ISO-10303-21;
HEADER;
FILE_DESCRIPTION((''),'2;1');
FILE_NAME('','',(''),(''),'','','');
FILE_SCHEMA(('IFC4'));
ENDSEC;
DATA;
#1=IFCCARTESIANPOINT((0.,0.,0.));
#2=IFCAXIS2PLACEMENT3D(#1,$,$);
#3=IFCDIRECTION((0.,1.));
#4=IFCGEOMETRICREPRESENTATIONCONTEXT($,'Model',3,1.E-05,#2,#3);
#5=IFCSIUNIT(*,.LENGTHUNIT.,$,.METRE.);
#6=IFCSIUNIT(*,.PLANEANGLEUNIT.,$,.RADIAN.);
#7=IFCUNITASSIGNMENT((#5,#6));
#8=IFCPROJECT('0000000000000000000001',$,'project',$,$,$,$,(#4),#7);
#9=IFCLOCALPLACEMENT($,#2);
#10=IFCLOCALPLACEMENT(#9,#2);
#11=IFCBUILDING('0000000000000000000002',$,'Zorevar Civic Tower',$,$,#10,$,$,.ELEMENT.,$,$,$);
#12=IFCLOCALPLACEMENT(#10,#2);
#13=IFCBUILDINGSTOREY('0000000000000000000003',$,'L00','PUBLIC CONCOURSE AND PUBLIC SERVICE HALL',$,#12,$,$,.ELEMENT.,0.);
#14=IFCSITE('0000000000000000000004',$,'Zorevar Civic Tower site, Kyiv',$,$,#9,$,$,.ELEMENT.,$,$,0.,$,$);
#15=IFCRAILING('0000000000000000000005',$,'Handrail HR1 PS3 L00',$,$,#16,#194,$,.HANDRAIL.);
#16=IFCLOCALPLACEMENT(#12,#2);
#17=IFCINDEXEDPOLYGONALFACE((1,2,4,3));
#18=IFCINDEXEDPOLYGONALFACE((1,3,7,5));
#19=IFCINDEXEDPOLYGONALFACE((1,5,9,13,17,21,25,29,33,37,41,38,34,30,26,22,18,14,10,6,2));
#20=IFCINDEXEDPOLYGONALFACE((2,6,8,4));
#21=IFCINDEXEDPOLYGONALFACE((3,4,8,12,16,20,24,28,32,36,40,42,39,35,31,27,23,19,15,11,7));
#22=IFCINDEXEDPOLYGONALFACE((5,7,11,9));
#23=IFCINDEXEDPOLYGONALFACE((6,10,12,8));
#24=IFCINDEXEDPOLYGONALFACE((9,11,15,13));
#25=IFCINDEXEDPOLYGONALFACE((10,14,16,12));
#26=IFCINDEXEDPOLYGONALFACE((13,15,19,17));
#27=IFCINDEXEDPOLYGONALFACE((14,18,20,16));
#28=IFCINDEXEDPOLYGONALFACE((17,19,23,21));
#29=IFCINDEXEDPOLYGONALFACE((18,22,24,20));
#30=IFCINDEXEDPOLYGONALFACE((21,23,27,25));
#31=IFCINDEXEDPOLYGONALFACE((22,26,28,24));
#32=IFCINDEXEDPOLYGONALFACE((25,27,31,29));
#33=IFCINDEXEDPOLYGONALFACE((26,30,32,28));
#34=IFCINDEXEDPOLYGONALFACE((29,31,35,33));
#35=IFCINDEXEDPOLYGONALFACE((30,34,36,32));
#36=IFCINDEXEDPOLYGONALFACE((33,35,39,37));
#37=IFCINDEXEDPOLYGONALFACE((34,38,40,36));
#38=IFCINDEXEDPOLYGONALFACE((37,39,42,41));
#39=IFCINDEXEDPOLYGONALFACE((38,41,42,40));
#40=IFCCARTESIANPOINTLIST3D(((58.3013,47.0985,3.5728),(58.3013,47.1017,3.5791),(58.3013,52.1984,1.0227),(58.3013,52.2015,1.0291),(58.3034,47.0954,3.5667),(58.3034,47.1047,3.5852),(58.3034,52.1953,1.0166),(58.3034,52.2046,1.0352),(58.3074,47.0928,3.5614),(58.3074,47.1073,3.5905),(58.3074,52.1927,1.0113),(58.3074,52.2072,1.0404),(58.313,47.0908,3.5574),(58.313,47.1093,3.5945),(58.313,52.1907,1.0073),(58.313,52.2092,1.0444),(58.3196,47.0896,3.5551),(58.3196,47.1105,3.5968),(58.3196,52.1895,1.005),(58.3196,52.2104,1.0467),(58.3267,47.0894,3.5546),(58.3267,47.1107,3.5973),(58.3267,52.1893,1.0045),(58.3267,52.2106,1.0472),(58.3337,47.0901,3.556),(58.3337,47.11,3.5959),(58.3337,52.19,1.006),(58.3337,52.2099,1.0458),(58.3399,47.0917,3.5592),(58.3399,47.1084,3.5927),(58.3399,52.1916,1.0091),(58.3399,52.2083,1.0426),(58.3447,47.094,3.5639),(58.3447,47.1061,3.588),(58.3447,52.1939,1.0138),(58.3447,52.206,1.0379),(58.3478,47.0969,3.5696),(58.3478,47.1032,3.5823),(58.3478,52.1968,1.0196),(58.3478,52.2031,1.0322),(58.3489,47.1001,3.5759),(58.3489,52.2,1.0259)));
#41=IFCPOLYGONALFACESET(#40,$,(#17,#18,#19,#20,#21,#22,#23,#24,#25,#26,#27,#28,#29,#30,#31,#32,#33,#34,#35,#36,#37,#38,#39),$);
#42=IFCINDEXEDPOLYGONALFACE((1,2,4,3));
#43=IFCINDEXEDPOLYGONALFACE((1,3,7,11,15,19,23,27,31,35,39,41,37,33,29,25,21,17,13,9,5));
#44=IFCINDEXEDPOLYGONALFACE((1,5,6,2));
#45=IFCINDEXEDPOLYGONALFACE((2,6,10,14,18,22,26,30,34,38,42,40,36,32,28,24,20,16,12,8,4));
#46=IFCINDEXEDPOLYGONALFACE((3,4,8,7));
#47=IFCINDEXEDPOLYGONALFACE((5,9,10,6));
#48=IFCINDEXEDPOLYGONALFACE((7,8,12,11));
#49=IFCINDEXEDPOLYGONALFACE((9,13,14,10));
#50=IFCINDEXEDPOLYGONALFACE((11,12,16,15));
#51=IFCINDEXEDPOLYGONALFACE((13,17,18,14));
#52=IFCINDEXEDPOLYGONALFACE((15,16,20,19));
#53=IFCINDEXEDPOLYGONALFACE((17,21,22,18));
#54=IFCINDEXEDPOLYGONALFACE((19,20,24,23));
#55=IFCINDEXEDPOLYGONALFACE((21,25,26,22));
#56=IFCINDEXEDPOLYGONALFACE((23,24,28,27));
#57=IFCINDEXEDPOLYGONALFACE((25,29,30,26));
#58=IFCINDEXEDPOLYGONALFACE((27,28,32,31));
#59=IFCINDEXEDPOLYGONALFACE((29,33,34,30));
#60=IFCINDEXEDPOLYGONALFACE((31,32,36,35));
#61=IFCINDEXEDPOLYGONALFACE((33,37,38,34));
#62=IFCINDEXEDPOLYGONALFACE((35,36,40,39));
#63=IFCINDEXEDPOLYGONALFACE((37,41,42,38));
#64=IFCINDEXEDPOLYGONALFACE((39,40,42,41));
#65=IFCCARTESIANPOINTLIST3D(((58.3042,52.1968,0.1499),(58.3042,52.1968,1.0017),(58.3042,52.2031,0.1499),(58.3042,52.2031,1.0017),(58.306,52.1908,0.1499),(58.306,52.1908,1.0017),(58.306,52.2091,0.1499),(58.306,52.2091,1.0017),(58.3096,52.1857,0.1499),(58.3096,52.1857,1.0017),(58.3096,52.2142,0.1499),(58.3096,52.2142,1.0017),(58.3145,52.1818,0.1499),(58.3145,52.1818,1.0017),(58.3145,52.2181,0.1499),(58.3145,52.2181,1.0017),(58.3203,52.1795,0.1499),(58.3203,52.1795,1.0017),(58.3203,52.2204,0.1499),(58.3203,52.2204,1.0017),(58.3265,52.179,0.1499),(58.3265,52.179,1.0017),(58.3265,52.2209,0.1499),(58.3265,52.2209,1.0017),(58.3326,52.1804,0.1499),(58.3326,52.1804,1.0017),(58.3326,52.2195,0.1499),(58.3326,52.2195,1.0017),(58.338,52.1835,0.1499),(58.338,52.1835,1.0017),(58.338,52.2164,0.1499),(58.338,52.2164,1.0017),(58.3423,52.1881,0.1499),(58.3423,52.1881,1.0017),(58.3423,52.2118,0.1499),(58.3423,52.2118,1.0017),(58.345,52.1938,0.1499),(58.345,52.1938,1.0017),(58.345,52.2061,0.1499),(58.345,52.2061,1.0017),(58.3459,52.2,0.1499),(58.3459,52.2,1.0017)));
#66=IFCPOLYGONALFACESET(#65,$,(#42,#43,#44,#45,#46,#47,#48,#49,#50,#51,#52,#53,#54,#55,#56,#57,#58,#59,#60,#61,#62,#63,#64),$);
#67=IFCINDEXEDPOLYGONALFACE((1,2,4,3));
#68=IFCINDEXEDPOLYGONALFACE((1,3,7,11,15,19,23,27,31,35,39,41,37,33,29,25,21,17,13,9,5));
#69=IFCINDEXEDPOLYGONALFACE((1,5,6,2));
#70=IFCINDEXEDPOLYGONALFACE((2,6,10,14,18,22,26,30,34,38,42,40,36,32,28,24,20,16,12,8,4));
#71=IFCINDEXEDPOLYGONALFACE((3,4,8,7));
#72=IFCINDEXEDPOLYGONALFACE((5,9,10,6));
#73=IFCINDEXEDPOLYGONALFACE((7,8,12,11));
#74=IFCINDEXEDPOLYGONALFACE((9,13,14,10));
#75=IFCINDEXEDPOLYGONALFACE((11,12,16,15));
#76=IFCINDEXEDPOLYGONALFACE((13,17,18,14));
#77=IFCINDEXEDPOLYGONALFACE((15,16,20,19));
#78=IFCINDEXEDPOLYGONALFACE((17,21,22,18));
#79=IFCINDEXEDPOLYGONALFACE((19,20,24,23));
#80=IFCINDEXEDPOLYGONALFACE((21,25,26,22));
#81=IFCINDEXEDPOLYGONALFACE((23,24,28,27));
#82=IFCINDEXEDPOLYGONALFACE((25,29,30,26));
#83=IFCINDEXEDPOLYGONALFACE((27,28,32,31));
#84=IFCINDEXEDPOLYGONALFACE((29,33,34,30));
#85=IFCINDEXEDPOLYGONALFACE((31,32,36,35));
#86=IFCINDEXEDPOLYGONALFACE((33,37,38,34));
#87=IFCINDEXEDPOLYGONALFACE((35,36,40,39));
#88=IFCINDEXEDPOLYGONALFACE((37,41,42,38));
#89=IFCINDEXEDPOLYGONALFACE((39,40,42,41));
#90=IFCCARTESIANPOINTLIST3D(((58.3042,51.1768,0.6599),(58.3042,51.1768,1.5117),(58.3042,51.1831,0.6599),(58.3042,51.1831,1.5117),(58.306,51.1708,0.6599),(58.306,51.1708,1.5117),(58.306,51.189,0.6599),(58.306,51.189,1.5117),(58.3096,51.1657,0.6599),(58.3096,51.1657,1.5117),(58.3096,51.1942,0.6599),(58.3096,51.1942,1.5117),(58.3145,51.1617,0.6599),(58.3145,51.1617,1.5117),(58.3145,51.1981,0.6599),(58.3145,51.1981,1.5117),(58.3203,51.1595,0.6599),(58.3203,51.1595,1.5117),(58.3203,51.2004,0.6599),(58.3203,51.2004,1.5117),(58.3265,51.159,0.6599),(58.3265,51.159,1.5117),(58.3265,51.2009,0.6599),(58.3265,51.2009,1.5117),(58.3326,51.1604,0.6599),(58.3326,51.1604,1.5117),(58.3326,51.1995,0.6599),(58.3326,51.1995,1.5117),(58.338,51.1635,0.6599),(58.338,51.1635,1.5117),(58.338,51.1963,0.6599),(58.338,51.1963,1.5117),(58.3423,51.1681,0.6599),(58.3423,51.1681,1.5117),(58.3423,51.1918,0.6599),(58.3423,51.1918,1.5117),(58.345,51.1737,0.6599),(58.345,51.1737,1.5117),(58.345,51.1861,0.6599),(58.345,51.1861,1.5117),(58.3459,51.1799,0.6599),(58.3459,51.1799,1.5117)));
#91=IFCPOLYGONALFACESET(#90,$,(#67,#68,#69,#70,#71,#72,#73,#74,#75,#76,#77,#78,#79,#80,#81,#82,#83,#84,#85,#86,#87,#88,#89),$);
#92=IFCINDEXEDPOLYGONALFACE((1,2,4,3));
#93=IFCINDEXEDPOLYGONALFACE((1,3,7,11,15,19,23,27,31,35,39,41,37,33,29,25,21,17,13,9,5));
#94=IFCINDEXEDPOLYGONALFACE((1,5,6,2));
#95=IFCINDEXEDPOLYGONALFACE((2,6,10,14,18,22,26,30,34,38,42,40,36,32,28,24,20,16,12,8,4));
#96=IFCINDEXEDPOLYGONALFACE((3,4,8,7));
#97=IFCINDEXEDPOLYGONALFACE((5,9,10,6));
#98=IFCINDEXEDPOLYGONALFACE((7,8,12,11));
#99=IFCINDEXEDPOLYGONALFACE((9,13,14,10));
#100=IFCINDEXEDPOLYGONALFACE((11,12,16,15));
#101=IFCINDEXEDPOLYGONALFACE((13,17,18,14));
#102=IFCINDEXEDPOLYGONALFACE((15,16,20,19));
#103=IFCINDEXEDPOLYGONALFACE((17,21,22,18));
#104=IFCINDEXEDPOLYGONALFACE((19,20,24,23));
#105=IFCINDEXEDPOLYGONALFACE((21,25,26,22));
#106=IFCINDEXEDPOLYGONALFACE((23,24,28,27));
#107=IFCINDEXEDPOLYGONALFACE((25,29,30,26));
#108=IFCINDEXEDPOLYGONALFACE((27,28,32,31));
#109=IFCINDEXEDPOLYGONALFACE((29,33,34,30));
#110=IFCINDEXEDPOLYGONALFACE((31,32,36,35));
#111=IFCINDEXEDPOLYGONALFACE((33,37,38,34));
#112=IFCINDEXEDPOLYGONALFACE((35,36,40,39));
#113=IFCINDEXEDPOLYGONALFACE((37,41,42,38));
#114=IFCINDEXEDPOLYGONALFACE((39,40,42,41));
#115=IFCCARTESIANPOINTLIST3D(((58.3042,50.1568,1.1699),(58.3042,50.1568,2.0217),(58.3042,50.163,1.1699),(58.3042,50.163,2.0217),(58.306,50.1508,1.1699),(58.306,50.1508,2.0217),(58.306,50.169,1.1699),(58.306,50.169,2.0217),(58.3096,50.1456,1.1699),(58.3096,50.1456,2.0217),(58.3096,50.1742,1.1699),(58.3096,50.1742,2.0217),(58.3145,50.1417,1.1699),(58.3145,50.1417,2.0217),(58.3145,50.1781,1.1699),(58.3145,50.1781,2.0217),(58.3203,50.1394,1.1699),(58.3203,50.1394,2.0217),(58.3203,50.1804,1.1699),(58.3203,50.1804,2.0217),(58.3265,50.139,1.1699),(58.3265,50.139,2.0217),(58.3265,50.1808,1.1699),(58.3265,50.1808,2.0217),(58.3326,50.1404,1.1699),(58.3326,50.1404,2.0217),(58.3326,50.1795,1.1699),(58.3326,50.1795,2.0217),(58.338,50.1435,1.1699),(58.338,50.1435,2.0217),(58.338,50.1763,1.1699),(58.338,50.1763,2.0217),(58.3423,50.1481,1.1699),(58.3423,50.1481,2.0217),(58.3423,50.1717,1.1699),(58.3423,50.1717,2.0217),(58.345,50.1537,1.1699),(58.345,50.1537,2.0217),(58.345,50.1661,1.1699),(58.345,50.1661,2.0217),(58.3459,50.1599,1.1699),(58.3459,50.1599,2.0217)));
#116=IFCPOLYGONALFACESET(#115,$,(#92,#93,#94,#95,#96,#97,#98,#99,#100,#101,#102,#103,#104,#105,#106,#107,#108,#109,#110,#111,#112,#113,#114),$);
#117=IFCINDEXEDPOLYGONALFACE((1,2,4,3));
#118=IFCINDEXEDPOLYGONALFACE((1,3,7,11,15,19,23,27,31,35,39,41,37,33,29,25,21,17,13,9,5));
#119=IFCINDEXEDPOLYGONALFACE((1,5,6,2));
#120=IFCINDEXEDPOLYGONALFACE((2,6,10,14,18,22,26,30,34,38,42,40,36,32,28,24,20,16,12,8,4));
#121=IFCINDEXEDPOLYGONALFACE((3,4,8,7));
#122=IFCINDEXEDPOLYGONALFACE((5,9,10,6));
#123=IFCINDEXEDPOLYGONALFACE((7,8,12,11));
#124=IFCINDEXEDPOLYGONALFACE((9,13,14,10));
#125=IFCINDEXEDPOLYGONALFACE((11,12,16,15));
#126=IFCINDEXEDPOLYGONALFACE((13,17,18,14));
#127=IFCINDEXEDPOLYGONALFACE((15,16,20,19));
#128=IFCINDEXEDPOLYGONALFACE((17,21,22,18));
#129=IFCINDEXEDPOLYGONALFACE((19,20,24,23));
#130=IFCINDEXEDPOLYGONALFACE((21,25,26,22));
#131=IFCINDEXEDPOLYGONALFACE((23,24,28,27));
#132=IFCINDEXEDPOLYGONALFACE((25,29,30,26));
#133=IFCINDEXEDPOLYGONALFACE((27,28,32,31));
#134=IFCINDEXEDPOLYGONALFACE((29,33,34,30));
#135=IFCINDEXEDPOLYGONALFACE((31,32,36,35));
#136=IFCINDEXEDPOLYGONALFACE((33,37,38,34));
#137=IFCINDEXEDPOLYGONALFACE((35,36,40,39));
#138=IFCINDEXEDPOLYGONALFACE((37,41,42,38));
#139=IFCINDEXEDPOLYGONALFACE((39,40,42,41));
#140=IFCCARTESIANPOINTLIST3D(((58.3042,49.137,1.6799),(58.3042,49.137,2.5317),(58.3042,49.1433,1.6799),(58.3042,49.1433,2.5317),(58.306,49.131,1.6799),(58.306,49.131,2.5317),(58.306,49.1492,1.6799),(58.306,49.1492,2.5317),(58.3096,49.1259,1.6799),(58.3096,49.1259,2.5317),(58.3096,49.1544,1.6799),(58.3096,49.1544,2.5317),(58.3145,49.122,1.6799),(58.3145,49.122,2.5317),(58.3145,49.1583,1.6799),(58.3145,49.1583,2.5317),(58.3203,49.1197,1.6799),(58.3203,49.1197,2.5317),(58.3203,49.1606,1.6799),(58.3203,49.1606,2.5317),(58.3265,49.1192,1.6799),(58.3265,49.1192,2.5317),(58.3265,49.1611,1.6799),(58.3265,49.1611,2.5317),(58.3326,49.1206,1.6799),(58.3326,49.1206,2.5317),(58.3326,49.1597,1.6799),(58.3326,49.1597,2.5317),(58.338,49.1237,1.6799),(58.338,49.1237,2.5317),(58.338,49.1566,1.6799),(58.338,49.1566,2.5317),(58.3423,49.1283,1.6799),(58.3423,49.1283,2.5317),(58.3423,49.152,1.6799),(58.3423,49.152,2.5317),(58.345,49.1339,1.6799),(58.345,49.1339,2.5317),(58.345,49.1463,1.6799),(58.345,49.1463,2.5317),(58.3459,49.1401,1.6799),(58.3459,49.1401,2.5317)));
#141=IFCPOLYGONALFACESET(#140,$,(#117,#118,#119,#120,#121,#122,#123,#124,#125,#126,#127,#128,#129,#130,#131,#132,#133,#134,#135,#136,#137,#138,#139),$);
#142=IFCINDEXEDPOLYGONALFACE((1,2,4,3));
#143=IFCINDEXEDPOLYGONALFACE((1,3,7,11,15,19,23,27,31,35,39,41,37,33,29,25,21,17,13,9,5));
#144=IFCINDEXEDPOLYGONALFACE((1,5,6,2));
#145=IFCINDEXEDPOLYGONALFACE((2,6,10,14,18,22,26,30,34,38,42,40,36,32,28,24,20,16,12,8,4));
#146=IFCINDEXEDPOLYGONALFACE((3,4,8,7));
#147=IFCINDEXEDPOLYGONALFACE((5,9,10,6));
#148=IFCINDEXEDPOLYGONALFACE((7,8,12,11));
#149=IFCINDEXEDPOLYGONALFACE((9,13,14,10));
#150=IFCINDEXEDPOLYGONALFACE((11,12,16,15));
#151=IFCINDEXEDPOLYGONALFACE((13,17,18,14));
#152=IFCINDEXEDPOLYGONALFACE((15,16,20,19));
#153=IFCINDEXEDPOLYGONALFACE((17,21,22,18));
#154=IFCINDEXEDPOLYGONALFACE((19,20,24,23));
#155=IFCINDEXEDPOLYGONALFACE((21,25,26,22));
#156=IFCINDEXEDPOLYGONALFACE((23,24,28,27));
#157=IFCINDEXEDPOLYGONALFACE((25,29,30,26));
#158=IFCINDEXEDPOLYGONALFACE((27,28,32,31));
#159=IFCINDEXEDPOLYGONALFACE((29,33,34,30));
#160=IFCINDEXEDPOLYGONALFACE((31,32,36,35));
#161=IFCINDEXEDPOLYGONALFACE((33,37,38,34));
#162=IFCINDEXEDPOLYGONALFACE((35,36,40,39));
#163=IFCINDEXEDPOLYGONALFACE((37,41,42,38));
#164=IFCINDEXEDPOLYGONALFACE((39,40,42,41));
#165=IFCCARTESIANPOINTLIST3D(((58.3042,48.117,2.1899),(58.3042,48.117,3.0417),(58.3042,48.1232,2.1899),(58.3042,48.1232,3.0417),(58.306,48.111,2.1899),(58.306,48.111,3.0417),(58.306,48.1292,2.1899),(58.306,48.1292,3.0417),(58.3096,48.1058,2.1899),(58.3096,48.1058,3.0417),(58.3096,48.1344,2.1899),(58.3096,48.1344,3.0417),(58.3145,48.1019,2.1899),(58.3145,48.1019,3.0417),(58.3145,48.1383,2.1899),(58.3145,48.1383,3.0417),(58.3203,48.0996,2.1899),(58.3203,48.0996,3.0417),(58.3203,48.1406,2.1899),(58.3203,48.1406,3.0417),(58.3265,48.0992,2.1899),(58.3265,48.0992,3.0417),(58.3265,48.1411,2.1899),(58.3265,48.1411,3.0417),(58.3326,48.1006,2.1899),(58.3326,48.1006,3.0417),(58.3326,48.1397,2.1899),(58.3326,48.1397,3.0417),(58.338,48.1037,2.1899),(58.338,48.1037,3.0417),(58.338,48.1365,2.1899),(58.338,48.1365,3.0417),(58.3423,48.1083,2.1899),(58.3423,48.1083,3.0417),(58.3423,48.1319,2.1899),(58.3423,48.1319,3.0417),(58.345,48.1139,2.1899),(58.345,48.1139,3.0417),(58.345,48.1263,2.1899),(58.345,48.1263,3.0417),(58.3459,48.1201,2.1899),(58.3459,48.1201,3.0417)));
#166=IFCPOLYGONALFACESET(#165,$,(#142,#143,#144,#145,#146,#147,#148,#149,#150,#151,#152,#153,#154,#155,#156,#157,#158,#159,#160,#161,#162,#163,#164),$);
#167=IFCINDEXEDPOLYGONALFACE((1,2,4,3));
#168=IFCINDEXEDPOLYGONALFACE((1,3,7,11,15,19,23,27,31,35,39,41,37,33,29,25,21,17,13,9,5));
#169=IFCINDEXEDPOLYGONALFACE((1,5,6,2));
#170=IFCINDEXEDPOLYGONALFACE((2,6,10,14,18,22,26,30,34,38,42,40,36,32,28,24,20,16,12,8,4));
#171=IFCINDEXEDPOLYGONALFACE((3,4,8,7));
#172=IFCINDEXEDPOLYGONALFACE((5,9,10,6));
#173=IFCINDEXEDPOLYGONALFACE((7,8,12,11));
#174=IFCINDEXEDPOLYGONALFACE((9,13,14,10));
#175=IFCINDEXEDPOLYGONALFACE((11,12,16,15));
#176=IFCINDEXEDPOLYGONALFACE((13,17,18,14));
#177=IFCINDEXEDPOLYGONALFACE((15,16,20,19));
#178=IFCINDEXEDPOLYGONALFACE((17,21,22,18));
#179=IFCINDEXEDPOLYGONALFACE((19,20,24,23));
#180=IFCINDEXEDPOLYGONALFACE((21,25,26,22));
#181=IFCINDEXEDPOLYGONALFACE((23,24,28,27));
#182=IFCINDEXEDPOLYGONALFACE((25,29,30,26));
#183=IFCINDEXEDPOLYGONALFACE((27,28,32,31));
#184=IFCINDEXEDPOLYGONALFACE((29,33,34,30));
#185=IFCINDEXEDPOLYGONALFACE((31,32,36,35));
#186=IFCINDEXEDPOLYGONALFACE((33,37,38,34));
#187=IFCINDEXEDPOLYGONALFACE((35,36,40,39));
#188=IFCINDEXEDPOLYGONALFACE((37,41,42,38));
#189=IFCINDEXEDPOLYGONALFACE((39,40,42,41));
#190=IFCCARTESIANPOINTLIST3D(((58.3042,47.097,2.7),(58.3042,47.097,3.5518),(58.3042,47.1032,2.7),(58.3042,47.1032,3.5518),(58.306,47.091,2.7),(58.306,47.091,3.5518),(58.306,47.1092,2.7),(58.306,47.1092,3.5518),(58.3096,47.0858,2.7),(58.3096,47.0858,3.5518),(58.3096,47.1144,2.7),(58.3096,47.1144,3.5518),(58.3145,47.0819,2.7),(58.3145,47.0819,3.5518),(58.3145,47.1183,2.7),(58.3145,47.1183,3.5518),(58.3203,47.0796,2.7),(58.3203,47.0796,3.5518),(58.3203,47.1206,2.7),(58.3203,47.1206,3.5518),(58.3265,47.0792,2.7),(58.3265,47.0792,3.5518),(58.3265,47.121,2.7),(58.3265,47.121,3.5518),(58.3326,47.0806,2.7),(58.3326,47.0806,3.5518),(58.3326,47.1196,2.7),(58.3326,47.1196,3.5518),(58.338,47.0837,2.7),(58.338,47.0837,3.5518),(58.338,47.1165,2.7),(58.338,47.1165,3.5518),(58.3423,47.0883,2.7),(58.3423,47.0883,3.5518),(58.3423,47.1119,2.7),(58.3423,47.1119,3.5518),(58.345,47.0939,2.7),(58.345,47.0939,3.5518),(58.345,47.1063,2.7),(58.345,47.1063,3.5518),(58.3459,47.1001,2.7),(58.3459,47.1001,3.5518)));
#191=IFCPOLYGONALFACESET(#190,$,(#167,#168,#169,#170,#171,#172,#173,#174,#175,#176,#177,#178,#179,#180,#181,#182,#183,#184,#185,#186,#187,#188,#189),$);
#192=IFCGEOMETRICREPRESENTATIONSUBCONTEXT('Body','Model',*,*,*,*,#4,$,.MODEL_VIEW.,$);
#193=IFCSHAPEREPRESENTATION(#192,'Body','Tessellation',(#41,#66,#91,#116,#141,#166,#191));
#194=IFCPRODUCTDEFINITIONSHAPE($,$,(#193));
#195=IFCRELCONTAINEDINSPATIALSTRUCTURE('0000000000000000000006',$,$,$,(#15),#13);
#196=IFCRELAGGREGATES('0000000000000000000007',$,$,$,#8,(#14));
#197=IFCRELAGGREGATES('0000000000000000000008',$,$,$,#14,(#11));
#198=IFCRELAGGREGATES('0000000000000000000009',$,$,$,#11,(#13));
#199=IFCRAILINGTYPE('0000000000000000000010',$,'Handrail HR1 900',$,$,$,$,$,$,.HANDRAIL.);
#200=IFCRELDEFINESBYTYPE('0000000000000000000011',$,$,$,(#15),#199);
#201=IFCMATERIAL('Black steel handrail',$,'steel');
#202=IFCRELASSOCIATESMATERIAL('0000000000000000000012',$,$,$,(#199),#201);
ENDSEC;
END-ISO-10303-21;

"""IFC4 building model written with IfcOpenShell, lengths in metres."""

from ifc_helpers import new_model, si_unit, direction, frame, origin, origin_2d, place, context, subcontext, project, spatial, circle, extrude, material, type_object, element, save


model = new_model("IFC4")

# Units and contexts
model_context = context("Model", 3, precision=1e-05, world=origin(), true_north=direction((0.0, 1.0)))
body_context = subcontext(model_context, "Body", "Model", "MODEL_VIEW")
ifc_project = project(units=[si_unit("LENGTHUNIT", "METRE"), si_unit("PLANEANGLEUNIT", "RADIAN")], contexts=[model_context])

# Site, building, storey
site_placement = place(None, origin())
site = spatial("IfcSite", under=ifc_project, at=site_placement, Name="Zorevar Civic Tower site, Kyiv", CompositionType="ELEMENT", RefElevation=0.0)
building_placement = place(site_placement, origin())
building = spatial("IfcBuilding", under=site, at=building_placement, Name="Zorevar Civic Tower", CompositionType="ELEMENT")
storey_placement = place(building_placement, origin())
storey = spatial("IfcBuildingStorey", under=building, at=storey_placement, Name="L00", Description="PUBLIC CONCOURSE AND PUBLIC SERVICE HALL", CompositionType="ELEMENT", Elevation=0.0)

# Railing
ifc_material_1 = material(Name="Black steel handrail", Category="steel")
railing_type = type_object("IfcRailingType", Name="Handrail HR1 900", PredefinedType="HANDRAIL", material=ifc_material_1)
railing_1_placement = place(storey_placement, frame((58.325, 52.2, 0.1499)))
element("IfcRailing", 1, at=railing_1_placement, inside=storey, type_object=railing_type, Name="Handrail HR1 PS3 L00", PredefinedType="HANDRAIL", context=body_context, shape_type="SweptSolid", body=[
    extrude(circle(Radius=0.0239, at=origin_2d()), frame((0.0, 0.0, 0.876), z_axis=(0.0, -0.894419, 0.447231), x_axis=(1.0, 0.0, 0.0)), (0.0, 0.0, 1.0), 5.7019),
    extrude(circle(Radius=0.021, at=origin_2d()), origin(), (0.0, 0.0, 1.0), 0.8518),
    extrude(circle(Radius=0.021, at=origin_2d()), frame((0.0, -1.02, 0.51)), (0.0, 0.0, 1.0), 0.8518),
    extrude(circle(Radius=0.021, at=origin_2d()), frame((0.0, -2.04, 1.02)), (0.0, 0.0, 1.0), 0.8518),
    extrude(circle(Radius=0.021, at=origin_2d()), frame((0.0, -3.0598, 1.53)), (0.0, 0.0, 1.0), 0.8518),
    extrude(circle(Radius=0.021, at=origin_2d()), frame((0.0, -4.0798, 2.04)), (0.0, 0.0, 1.0), 0.8518),
    extrude(circle(Radius=0.021, at=origin_2d()), frame((0.0, -5.0999, 2.55)), (0.0, 0.0, 1.0), 0.8518),
])

save(model, "model.ifc")
